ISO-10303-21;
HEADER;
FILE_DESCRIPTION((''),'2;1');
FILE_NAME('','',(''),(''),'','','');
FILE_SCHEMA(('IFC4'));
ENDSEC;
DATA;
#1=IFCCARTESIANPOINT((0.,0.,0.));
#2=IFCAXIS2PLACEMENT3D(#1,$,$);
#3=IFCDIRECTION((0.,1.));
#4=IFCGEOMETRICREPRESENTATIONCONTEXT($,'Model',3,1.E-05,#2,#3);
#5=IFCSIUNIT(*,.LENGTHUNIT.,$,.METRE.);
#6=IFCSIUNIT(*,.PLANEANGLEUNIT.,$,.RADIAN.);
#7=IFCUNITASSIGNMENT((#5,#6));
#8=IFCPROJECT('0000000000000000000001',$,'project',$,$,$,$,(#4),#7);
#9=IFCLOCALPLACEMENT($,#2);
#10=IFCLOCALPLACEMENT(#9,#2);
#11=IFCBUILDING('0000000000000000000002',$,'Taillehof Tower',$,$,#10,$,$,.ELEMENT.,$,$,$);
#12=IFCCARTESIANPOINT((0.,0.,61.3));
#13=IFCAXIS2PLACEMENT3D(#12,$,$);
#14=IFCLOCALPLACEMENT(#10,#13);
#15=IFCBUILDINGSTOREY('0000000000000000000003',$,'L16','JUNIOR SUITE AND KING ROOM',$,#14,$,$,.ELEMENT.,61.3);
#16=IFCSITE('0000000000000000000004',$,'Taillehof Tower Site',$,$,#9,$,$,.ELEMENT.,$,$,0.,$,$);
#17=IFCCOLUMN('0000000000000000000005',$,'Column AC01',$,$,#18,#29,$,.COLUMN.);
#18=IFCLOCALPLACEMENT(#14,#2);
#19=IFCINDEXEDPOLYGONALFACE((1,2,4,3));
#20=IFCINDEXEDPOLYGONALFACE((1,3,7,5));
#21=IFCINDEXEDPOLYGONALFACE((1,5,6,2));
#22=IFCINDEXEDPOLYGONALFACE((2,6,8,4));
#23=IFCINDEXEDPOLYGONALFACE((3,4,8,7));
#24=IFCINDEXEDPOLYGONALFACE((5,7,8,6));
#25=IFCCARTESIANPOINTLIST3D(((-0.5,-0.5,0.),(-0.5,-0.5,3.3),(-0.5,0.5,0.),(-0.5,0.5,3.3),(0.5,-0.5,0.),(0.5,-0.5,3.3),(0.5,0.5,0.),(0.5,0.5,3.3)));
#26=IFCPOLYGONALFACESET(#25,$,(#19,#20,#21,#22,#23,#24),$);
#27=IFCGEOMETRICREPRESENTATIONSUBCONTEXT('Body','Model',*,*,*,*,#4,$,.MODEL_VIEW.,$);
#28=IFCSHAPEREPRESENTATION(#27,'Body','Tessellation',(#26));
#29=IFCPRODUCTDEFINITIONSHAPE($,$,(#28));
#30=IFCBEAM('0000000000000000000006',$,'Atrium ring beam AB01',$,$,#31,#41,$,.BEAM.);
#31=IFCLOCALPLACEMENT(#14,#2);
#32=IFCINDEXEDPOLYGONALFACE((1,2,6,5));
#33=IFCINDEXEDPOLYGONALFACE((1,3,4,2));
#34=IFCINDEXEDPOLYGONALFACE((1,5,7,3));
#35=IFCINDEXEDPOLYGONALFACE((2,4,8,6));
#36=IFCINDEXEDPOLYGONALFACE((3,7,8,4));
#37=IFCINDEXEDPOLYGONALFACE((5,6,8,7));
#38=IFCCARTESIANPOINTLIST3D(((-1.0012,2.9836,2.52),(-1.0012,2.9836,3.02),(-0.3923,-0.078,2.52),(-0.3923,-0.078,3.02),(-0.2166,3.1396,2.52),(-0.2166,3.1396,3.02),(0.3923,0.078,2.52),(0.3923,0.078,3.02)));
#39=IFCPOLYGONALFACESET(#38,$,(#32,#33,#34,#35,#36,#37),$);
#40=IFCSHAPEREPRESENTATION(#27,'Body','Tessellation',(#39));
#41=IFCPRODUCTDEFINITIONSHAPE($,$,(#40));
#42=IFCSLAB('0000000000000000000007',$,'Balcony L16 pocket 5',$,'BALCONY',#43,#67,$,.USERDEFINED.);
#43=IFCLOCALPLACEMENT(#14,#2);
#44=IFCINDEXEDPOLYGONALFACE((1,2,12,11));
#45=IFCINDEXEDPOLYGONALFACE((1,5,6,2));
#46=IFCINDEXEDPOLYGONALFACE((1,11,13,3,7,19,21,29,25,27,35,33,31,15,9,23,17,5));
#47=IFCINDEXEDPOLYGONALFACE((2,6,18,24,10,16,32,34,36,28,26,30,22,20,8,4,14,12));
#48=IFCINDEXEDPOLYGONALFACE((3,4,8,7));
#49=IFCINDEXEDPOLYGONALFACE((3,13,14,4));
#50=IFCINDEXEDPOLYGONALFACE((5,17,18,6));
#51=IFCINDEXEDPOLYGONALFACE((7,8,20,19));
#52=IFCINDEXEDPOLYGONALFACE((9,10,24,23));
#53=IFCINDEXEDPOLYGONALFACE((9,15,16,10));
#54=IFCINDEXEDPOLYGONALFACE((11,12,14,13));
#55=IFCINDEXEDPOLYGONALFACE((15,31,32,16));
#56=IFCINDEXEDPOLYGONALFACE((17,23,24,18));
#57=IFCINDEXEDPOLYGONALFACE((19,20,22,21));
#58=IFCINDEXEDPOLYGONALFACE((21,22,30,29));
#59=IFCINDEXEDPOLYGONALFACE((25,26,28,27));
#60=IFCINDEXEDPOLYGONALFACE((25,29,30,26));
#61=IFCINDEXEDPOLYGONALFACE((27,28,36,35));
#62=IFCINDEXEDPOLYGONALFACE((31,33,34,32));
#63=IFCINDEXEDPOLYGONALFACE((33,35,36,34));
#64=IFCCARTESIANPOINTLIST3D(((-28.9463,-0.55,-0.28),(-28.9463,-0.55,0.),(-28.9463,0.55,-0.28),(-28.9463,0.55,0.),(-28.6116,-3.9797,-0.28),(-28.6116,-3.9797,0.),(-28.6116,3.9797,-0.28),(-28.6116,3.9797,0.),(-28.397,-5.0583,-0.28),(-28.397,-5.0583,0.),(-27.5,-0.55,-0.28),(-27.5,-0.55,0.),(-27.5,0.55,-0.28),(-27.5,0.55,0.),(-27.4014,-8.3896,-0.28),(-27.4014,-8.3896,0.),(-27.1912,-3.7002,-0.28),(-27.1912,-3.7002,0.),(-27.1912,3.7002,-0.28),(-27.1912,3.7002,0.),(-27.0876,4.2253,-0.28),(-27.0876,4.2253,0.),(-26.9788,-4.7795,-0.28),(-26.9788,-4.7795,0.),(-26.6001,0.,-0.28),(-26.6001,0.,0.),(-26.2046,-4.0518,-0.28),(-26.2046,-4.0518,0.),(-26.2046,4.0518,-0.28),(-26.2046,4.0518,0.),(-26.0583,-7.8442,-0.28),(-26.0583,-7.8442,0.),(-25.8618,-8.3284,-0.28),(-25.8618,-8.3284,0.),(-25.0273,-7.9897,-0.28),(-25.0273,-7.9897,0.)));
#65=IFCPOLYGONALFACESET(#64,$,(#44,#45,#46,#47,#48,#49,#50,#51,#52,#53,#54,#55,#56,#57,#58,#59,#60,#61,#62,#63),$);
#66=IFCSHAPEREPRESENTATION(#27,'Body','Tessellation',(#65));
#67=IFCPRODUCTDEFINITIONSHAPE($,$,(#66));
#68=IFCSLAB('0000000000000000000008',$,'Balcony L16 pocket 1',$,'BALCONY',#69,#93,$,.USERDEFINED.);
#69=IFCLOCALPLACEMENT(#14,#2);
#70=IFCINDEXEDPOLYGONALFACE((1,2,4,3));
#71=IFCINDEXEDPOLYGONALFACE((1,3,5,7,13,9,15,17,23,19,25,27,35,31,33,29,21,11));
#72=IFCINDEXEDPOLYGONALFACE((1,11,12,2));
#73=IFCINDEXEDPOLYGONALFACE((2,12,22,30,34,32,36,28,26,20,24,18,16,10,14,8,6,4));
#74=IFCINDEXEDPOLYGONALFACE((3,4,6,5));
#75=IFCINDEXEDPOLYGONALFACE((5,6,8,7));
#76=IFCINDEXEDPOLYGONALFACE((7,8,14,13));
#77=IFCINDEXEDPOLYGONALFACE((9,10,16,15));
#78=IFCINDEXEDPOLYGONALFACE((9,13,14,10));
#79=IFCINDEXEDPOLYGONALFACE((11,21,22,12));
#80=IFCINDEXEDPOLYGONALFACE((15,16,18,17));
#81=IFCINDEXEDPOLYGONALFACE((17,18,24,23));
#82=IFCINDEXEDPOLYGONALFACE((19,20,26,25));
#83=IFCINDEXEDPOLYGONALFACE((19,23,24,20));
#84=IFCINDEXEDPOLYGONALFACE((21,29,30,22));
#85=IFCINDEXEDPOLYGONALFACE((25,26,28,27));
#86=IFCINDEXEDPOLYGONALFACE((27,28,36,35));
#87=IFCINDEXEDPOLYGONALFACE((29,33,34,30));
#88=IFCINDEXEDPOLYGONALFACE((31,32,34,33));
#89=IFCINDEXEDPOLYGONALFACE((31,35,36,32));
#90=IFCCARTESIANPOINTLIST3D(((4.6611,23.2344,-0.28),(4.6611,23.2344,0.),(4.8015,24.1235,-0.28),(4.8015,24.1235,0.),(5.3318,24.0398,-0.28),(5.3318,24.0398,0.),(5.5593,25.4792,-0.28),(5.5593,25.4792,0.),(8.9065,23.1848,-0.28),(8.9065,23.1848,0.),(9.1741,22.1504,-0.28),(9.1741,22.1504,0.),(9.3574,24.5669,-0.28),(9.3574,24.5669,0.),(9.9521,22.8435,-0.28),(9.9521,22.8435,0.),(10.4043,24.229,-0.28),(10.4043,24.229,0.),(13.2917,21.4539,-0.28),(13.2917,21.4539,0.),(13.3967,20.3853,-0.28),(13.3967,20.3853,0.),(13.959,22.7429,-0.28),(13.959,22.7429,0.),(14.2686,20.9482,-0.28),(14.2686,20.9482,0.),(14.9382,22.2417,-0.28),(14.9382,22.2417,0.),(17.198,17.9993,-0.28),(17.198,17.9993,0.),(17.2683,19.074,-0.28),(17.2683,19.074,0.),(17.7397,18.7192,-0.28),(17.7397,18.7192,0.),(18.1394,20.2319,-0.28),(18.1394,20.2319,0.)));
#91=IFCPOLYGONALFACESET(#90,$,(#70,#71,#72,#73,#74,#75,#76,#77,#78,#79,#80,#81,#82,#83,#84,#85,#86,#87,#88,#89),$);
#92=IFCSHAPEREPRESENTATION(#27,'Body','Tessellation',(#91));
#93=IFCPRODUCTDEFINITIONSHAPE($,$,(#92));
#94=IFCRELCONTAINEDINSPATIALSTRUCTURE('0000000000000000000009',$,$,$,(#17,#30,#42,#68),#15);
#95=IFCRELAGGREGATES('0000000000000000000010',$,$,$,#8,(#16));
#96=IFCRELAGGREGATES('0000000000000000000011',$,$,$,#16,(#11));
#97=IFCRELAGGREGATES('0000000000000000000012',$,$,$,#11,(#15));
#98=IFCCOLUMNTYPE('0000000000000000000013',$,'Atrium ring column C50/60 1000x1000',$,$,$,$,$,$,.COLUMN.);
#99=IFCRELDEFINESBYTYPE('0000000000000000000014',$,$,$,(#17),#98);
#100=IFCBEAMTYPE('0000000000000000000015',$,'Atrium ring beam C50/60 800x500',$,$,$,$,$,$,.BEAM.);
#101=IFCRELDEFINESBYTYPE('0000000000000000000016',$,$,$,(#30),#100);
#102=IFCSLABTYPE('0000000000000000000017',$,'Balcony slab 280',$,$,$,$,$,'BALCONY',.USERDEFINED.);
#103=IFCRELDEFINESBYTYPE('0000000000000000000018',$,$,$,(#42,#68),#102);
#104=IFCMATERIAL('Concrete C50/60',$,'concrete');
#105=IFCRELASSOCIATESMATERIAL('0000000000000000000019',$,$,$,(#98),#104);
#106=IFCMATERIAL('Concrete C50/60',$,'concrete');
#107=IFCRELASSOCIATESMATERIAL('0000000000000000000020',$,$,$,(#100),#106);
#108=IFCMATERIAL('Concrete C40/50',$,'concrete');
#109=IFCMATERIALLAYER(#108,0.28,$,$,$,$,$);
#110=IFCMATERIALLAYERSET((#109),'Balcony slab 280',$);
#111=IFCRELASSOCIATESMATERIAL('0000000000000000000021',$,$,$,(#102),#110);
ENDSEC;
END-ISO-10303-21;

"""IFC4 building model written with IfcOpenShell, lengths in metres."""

from ifc_helpers import new_model, si_unit, direction, frame, origin, origin_with_axes, origin_2d, place, context, subcontext, project, spatial, polyline, rectangle, outline, extrude, material, layer, layer_set, material_profile, profile_set, type_object, element, save


model = new_model("IFC4")

# Units and contexts
model_context = context("Model", 3, precision=1e-05, world=origin(), true_north=direction((0.0, 1.0)))
body_context = subcontext(model_context, "Body", "Model", "MODEL_VIEW")
ifc_project = project(units=[si_unit("LENGTHUNIT", "METRE"), si_unit("PLANEANGLEUNIT", "RADIAN")], contexts=[model_context])

# Site, building, storey
site_placement = place(None, origin())
site = spatial("IfcSite", under=ifc_project, at=site_placement, Name="Taillehof Tower Site", CompositionType="ELEMENT", RefElevation=0.0)
building_placement = place(site_placement, origin())
building = spatial("IfcBuilding", under=site, at=building_placement, Name="Taillehof Tower", CompositionType="ELEMENT")
storey_placement = place(building_placement, frame((0.0, 0.0, 61.3)))
storey = spatial("IfcBuildingStorey", under=building, at=storey_placement, Name="L16", Description="JUNIOR SUITE AND KING ROOM", CompositionType="ELEMENT", Elevation=61.3)

# Column
ifc_material_1 = material(Name="Concrete C50/60", Category="concrete")
ifc_material_profile_1 = material_profile(ifc_material_1, rectangle(XDim=1.0, YDim=1.0, at=origin_2d()), Name="RC 1000x1000")
ifc_profile_set_1 = profile_set([ifc_material_profile_1], Name="Concrete C50/60")
column_type = type_object("IfcColumnType", Name="Atrium ring column C50/60 1000x1000", PredefinedType="COLUMN", material=ifc_profile_set_1)
column_placement = place(storey_placement, origin_with_axes())
element("IfcColumn", 1, at=column_placement, inside=storey, type_object=column_type, Name="Column AC01", PredefinedType="COLUMN", context=body_context, shape_type="SweptSolid", body=[
    extrude(rectangle(XDim=1.0, YDim=1.0, at=origin_2d()), origin(), (0.0, 0.0, 1.0), 3.3),
])

# Beam
ifc_material_2 = material(Name="Concrete C50/60", Category="concrete")
ifc_material_profile_2 = material_profile(ifc_material_2, rectangle(XDim=0.8, YDim=0.5, at=origin_2d()), Name="RC 800x500")
ifc_profile_set_2 = profile_set([ifc_material_profile_2], Name="Concrete C50/60")
beam_type = type_object("IfcBeamType", Name="Atrium ring beam C50/60 800x500", PredefinedType="BEAM", material=ifc_profile_set_2)
beam_placement = place(storey_placement, frame((0.0, 0.0, 2.77), z_axis=(-0.195063, 0.980791, 0.0), x_axis=(-0.980791, -0.195063, 0.0)))
element("IfcBeam", 2, at=beam_placement, inside=storey, type_object=beam_type, Name="Atrium ring beam AB01", PredefinedType="BEAM", context=body_context, shape_type="SweptSolid", body=[
    extrude(rectangle(XDim=0.8, YDim=0.5, at=origin_2d()), origin(), (0.0, 0.0, 1.0), 3.1216),
])

# Slabs
ifc_material_3 = material(Name="Concrete C40/50", Category="concrete")
ifc_layer_1 = layer(ifc_material_3, 0.28)
ifc_layer_set_1 = layer_set([ifc_layer_1], Name="Balcony slab 280")
slab_type_1 = type_object("IfcSlabType", Name="Balcony slab 280", ElementType="BALCONY", PredefinedType="USERDEFINED", material=ifc_layer_set_1)
slab_1_placement = place(storey_placement, frame((0.0, 0.0, -0.28)))
element("IfcSlab", 3, at=slab_1_placement, inside=storey, type_object=slab_type_1, Name="Balcony L16 pocket 5", ObjectType="BALCONY", PredefinedType="USERDEFINED", context=body_context, shape_type="SweptSolid", body=[
    extrude(outline(polyline([(-25.0273, -7.9897), (-25.8618, -8.3284), (-26.0583, -7.8442), (-27.4014, -8.3896), (-28.397, -5.0583), (-26.9788, -4.7795), (-27.1912, -3.7002), (-28.6116, -3.9797), (-28.9463, -0.55), (-27.5, -0.55), (-27.5, 0.55), (-28.9463, 0.55), (-28.6116, 3.9797), (-27.1912, 3.7002), (-27.0876, 4.2253), (-26.2046, 4.0518), (-26.6001, 0.0), (-26.2046, -4.0518), (-25.0273, -7.9897)])), origin(), (0.0, 0.0, 1.0), 0.28),
])
slab_2_placement = place(storey_placement, frame((0.0, 0.0, -0.28)))
element("IfcSlab", 4, at=slab_2_placement, inside=storey, type_object=slab_type_1, Name="Balcony L16 pocket 1", ObjectType="BALCONY", PredefinedType="USERDEFINED", context=body_context, shape_type="SweptSolid", body=[
    extrude(outline(polyline([(4.6611, 23.2344), (4.8015, 24.1235), (5.3318, 24.0398), (5.5593, 25.4792), (9.3574, 24.5669), (8.9065, 23.1848), (9.9521, 22.8435), (10.4043, 24.229), (13.959, 22.7429), (13.2917, 21.4539), (14.2686, 20.9482), (14.9382, 22.2417), (18.1394, 20.2319), (17.2683, 19.074), (17.7397, 18.7192), (17.198, 17.9993), (13.3967, 20.3853), (9.1741, 22.1504), (4.6611, 23.2344)])), origin(), (0.0, 0.0, 1.0), 0.28),
])

save(model, "model.ifc")
